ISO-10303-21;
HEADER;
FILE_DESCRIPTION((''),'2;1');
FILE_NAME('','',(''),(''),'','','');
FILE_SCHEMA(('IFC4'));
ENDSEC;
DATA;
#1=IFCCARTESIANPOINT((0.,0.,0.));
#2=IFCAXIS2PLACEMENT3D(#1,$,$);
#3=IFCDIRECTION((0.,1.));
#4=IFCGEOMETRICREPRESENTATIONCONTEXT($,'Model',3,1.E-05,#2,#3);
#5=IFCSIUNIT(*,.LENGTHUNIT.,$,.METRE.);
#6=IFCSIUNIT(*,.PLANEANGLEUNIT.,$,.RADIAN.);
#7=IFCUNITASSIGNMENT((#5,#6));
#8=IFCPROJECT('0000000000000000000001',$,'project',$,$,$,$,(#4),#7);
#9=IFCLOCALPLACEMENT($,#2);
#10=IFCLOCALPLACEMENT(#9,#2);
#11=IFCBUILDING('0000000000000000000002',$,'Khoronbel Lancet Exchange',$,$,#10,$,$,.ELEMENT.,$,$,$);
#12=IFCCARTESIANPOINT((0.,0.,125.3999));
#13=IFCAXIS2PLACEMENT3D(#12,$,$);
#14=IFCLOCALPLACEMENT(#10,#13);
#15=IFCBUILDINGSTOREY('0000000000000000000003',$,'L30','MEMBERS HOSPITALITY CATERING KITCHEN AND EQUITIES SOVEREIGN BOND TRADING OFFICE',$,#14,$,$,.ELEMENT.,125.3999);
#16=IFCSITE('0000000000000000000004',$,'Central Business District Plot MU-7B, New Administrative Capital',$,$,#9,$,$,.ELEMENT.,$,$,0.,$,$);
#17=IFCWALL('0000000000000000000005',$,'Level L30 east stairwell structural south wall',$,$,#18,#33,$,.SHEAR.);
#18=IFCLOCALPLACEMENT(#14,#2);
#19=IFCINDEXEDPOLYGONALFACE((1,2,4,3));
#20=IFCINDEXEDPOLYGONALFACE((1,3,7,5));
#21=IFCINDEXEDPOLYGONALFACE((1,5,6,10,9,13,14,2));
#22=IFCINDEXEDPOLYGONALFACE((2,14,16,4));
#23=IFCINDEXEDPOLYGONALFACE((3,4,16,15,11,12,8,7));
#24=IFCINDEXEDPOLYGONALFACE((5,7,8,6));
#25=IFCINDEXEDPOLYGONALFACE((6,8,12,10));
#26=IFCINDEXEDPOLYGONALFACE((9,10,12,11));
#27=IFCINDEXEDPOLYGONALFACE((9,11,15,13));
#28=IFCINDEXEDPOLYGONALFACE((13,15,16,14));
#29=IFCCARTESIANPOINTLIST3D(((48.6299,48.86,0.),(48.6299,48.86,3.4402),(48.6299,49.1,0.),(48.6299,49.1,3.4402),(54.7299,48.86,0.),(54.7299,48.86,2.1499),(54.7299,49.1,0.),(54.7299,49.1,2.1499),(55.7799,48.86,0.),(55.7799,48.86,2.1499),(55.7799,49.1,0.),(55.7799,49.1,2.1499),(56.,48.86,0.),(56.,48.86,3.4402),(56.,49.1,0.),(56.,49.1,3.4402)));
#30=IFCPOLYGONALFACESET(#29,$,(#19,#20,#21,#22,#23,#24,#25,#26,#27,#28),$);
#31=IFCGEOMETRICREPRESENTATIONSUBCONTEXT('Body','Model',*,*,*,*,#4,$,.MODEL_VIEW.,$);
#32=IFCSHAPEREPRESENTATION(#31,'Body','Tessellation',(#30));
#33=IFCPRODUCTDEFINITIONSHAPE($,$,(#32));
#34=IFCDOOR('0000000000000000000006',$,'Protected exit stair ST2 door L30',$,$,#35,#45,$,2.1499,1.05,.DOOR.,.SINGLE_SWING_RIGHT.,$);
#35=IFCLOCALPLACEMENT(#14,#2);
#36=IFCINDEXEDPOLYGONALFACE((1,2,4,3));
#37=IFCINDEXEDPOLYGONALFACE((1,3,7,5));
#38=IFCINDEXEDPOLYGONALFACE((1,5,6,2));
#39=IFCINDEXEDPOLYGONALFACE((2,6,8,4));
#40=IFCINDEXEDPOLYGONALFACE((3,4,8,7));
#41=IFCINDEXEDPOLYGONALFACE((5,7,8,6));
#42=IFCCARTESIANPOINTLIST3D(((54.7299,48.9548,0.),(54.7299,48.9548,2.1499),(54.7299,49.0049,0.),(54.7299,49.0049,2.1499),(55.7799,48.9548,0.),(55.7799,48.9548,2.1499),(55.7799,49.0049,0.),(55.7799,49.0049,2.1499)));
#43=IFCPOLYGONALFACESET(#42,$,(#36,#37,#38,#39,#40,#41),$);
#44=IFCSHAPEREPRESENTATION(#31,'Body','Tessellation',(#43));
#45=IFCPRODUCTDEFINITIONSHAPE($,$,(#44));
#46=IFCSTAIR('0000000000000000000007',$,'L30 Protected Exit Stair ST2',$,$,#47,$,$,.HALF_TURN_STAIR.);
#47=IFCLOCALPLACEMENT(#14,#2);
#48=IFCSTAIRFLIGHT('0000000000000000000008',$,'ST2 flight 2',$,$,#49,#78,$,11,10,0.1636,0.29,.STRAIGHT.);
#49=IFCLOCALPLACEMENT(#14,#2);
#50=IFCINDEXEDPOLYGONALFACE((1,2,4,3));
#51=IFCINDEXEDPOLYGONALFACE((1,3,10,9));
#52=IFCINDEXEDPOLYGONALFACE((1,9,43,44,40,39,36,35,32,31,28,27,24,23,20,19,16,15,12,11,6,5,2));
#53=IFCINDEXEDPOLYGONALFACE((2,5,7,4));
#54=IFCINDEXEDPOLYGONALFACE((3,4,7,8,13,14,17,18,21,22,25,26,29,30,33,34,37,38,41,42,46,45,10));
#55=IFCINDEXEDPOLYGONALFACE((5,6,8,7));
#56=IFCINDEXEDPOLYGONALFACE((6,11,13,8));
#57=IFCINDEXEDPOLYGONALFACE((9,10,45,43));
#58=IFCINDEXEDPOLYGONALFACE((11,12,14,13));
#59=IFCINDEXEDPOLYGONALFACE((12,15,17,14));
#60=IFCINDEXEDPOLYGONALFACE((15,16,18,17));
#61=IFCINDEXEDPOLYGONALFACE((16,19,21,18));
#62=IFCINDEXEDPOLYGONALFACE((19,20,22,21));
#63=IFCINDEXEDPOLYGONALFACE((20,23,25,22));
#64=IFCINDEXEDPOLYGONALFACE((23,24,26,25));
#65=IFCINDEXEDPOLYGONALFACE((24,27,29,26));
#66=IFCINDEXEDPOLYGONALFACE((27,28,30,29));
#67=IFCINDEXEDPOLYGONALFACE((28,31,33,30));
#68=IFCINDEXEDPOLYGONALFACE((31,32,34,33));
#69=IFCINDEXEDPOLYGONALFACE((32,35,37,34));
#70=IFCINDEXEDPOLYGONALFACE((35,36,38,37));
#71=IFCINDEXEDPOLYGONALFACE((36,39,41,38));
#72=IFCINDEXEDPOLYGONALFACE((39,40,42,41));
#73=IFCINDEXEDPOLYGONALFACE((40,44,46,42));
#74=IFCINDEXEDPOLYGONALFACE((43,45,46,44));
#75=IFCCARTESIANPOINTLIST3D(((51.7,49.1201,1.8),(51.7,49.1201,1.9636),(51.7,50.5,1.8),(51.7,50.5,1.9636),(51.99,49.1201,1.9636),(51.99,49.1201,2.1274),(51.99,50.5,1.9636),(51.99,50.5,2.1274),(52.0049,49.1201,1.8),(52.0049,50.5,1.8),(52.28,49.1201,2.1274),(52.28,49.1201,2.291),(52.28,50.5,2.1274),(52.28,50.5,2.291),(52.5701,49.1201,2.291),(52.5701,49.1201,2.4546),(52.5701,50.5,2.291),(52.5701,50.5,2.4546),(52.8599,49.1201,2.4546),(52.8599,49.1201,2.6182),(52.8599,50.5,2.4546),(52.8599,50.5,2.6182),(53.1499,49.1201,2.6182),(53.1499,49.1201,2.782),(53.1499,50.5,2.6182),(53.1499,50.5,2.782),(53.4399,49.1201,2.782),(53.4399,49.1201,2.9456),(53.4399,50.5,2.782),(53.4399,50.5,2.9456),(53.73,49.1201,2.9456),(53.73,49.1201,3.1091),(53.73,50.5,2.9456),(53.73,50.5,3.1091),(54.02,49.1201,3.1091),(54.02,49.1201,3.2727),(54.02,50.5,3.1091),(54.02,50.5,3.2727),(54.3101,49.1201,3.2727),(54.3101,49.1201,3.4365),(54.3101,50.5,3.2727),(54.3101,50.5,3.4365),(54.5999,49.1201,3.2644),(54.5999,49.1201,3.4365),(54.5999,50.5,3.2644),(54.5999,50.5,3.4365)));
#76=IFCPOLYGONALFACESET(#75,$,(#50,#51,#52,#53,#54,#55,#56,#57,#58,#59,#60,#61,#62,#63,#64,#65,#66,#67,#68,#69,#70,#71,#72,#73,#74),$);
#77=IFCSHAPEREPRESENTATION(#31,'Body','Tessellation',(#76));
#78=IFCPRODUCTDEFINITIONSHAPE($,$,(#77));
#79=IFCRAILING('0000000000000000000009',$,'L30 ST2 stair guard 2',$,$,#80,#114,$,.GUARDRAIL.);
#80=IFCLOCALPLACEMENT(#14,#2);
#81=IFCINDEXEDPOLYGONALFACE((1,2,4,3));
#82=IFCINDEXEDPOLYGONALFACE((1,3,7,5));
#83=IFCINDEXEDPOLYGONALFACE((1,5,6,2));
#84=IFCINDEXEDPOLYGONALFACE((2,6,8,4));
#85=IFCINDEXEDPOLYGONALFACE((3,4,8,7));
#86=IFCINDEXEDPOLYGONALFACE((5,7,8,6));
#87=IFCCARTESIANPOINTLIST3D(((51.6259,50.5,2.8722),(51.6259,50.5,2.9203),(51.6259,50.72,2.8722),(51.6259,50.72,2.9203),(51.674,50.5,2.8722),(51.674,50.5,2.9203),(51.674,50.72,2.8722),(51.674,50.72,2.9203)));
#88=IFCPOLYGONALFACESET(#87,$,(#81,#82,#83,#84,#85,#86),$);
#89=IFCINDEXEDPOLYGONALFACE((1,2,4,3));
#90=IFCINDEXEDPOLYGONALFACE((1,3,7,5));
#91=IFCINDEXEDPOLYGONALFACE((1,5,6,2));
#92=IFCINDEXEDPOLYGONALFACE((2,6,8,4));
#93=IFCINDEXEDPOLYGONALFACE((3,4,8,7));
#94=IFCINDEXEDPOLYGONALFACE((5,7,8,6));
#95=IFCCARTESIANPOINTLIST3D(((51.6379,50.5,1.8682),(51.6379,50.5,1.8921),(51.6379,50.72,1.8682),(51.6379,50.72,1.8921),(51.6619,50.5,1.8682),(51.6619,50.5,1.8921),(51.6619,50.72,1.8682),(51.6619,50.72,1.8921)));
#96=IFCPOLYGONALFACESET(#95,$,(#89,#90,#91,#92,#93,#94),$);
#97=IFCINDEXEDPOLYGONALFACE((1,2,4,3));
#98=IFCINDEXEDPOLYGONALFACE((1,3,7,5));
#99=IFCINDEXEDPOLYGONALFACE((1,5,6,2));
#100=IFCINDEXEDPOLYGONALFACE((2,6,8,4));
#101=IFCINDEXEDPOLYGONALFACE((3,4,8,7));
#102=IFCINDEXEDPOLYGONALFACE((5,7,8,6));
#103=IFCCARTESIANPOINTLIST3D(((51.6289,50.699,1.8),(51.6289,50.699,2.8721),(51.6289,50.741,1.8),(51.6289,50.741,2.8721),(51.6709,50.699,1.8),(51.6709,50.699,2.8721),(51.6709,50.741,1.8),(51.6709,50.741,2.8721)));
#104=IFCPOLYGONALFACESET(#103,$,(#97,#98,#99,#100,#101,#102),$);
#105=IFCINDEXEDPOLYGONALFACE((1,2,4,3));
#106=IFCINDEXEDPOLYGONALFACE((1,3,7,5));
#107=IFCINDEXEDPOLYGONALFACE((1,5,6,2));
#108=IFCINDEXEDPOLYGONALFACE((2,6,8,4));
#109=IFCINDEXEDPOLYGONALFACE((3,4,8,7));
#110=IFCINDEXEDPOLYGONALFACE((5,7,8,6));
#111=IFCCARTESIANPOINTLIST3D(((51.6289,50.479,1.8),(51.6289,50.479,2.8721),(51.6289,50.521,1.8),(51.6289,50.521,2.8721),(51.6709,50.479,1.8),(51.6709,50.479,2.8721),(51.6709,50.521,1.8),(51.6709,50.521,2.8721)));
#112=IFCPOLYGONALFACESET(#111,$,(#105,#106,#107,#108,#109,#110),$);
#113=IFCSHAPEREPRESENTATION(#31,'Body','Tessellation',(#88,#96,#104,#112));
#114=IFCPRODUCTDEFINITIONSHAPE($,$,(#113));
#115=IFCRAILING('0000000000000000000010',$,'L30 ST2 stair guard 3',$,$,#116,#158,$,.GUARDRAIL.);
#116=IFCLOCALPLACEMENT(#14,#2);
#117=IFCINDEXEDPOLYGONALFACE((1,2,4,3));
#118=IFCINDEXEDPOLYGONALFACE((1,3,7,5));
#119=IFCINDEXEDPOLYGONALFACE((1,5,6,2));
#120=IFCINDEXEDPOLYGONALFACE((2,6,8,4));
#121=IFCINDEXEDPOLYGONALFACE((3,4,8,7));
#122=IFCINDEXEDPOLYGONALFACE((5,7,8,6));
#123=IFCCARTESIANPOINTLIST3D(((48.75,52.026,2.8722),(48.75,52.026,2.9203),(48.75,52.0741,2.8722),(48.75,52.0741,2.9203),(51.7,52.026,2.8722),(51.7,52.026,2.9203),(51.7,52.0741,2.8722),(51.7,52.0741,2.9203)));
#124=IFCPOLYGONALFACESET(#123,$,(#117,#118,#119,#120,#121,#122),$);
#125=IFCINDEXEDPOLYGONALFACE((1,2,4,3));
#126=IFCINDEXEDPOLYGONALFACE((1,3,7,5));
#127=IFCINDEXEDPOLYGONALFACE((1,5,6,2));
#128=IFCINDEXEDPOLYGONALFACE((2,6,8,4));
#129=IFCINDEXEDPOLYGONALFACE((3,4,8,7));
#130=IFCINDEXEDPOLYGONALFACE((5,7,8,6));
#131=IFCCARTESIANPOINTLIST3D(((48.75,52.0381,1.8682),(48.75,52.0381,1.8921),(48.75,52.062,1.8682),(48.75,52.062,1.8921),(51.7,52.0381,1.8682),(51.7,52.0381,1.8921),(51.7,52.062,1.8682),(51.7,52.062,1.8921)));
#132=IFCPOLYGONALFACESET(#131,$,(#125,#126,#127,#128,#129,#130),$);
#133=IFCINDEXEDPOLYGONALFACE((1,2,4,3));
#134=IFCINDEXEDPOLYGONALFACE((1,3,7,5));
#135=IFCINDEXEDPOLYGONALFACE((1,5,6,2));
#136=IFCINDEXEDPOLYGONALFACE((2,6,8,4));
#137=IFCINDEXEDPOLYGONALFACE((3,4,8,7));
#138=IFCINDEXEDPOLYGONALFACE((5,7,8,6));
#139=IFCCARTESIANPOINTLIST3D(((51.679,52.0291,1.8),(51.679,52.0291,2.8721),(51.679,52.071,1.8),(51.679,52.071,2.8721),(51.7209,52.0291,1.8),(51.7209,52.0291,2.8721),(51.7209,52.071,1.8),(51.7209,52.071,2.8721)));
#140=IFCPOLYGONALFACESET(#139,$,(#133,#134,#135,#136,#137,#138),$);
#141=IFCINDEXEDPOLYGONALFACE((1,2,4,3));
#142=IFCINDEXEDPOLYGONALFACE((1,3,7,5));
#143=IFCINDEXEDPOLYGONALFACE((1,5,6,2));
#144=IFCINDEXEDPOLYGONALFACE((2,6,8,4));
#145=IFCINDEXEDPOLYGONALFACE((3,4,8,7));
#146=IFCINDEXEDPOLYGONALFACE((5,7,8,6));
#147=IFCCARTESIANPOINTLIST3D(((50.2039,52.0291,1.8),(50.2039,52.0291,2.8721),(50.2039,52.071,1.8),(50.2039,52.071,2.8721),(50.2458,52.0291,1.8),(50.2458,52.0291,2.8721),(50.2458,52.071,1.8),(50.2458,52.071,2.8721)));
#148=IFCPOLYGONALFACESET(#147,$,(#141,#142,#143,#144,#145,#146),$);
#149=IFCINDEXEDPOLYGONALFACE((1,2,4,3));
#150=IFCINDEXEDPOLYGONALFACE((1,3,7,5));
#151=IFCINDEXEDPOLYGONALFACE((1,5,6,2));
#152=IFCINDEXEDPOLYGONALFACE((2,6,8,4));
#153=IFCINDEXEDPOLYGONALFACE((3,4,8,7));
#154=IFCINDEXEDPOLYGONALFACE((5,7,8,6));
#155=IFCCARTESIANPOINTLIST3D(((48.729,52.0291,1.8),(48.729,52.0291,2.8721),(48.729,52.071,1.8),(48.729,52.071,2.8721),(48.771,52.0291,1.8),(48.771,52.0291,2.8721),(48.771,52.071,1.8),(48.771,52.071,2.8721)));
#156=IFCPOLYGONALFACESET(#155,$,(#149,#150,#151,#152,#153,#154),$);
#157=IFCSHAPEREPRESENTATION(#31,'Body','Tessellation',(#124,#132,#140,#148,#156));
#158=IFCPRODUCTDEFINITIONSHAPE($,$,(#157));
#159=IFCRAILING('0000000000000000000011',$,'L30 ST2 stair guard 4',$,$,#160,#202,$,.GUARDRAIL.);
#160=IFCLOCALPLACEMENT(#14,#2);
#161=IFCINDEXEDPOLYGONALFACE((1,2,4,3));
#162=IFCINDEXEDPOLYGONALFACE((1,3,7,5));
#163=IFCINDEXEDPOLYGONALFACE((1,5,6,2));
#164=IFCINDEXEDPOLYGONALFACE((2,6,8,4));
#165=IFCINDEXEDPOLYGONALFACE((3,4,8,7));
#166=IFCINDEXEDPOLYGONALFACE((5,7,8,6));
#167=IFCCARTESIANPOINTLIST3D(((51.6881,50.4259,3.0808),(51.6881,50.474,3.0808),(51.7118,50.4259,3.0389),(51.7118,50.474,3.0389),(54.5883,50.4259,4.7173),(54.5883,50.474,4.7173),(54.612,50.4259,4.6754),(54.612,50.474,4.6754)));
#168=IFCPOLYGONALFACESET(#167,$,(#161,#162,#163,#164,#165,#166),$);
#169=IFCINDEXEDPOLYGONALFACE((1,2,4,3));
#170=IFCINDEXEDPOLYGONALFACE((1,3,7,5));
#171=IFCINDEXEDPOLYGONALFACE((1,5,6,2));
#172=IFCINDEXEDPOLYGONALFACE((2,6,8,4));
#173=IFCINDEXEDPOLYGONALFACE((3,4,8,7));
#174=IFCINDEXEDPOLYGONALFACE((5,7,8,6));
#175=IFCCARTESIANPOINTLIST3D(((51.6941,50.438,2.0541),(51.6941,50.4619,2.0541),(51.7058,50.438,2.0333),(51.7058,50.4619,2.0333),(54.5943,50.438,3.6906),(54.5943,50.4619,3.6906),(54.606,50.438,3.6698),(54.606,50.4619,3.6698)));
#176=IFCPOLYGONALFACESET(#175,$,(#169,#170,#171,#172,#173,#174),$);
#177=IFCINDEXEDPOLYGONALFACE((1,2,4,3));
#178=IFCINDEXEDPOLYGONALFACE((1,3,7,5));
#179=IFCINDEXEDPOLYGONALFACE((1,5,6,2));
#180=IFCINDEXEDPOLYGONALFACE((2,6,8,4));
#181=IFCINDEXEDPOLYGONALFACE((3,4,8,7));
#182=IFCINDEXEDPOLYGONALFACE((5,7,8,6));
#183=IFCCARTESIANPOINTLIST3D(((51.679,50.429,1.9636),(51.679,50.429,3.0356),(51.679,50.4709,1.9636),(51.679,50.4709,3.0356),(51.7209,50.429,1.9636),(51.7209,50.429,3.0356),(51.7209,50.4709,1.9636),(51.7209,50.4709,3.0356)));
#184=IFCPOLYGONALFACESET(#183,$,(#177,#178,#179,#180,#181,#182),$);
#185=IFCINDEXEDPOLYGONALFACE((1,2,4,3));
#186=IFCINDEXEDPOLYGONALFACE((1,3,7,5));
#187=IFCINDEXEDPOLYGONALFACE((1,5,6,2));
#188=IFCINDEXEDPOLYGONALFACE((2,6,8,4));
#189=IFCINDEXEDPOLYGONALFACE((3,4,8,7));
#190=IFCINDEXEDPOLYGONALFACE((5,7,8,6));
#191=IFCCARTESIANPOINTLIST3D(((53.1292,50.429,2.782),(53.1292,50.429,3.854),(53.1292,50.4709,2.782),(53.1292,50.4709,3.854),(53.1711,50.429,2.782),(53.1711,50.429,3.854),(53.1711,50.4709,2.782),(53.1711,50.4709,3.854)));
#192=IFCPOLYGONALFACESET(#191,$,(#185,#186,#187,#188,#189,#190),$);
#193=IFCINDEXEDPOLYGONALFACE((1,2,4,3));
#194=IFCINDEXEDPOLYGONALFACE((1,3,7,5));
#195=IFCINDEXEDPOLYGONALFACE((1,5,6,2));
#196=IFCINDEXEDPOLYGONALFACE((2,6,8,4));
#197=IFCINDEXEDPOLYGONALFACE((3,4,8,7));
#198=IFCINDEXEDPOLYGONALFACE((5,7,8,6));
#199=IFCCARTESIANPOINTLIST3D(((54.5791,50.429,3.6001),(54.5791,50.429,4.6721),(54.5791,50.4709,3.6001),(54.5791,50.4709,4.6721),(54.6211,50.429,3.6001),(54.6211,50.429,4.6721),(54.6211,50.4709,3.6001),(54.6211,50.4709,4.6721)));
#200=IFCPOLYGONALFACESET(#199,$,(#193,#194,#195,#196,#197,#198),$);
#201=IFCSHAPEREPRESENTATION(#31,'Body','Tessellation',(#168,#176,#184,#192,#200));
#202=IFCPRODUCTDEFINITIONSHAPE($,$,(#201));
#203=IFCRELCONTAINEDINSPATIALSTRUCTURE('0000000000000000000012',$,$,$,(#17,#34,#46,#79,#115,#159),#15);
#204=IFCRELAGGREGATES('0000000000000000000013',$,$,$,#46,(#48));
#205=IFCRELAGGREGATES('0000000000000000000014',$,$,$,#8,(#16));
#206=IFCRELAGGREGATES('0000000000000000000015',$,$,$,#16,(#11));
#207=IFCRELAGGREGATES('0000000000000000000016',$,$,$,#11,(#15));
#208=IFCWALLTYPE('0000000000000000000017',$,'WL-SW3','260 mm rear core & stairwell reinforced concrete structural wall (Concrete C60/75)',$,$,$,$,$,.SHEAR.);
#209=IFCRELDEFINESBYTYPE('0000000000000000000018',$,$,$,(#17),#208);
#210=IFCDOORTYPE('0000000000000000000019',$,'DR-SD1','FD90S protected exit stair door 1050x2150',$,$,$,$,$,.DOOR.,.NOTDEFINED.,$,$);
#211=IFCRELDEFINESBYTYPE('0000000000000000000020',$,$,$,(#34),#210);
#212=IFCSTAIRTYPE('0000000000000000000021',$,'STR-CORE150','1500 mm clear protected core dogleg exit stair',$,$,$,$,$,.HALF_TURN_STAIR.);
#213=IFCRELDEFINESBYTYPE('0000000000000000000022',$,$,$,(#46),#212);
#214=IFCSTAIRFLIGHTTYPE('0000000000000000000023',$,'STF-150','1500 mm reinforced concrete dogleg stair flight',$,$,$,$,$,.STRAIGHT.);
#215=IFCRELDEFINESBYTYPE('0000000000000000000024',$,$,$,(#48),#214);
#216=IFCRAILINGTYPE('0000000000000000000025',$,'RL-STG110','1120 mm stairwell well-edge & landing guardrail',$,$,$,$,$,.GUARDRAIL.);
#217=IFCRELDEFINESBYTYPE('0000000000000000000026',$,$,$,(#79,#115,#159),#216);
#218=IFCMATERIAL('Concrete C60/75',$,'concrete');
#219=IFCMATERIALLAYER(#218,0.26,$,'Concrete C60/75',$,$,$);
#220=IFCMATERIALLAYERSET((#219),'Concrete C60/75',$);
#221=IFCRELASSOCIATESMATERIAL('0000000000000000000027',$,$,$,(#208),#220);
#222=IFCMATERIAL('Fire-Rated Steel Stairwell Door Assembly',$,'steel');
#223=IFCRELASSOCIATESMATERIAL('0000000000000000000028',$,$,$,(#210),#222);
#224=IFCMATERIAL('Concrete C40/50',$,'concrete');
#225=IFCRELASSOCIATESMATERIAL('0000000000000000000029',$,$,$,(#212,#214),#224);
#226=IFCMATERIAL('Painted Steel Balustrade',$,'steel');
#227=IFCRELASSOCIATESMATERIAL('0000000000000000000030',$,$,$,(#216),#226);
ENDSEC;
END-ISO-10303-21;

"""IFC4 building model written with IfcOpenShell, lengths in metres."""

from ifc_helpers import new_model, si_unit, direction, frame, frame_2d, origin, origin_2d, place, context, subcontext, project, spatial, polyline, rectangle, outline, extrude, material, layer, layer_set, type_object, element, fill, aggregate, save


model = new_model("IFC4")

# Units and contexts
model_context = context("Model", 3, precision=1e-05, world=origin(), true_north=direction((0.0, 1.0)))
body_context = subcontext(model_context, "Body", "Model", "MODEL_VIEW")
ifc_project = project(units=[si_unit("LENGTHUNIT", "METRE"), si_unit("PLANEANGLEUNIT", "RADIAN")], contexts=[model_context])

# Site, building, storey
site_placement = place(None, origin())
site = spatial("IfcSite", under=ifc_project, at=site_placement, Name="Central Business District Plot MU-7B, New Administrative Capital", CompositionType="ELEMENT", RefElevation=0.0)
building_placement = place(site_placement, origin())
building = spatial("IfcBuilding", under=site, at=building_placement, Name="Khoronbel Lancet Exchange", CompositionType="ELEMENT")
storey_placement = place(building_placement, frame((0.0, 0.0, 125.3999)))
storey = spatial("IfcBuildingStorey", under=building, at=storey_placement, Name="L30", Description="MEMBERS HOSPITALITY CATERING KITCHEN AND EQUITIES SOVEREIGN BOND TRADING OFFICE", CompositionType="ELEMENT", Elevation=125.3999)

# Wall, opening, door
ifc_material_1 = material(Name="Concrete C60/75", Category="concrete")
ifc_layer_1 = layer(ifc_material_1, 0.26, Name="Concrete C60/75")
ifc_layer_set_1 = layer_set([ifc_layer_1], Name="Concrete C60/75")
wall_type_1 = type_object("IfcWallType", Name="WL-SW3", Description="260 mm rear core & stairwell reinforced concrete structural wall (Concrete C60/75)", PredefinedType="SHEAR", material=ifc_layer_set_1)
wall_1_placement = place(storey_placement, frame((48.6299, 48.98, 0.0), z_axis=(0.0, 0.0, 1.0), x_axis=(1.0, 0.0, 0.0)))
wall_1 = element("IfcWall", 1, at=wall_1_placement, inside=storey, type_object=wall_type_1, Name="Level L30 east stairwell structural south wall", PredefinedType="SHEAR", context=body_context, shape_type="SweptSolid", body=[
    extrude(rectangle(XDim=7.3701, YDim=0.24, at=frame_2d((3.6851, 0.0))), origin(), (0.0, 0.0, 1.0), 3.4402),
])
opening_1_placement = place(wall_1_placement, frame((6.1001, 0.0, 0.0)))
opening_1 = element("IfcOpeningElement", 2, at=opening_1_placement, cuts=wall_1, PredefinedType="OPENING", context=body_context, shape_type="SweptSolid", body=[
    extrude(rectangle(XDim=1.05, YDim=2.1499, at=frame_2d((0.5249, 1.075))), frame((0.0, 0.1299, 0.0), z_axis=(0.0, -1.0, 0.0), x_axis=(1.0, 0.0, 0.0)), (0.0, 0.0, 1.0), 0.26),
])
ifc_material_2 = material(Name="Fire-Rated Steel Stairwell Door Assembly", Category="steel")
door_type_1 = type_object("IfcDoorType", Name="DR-SD1", Description="FD90S protected exit stair door 1050x2150", OperationType="NOTDEFINED", PredefinedType="DOOR", material=ifc_material_2)
door_1_placement = place(opening_1_placement, origin())
door_1 = element("IfcDoor", 3, at=door_1_placement, inside=storey, type_object=door_type_1, Name="Protected exit stair ST2 door L30", OperationType="SINGLE_SWING_RIGHT", OverallHeight=2.1499, OverallWidth=1.05, PredefinedType="DOOR", context=body_context, shape_type="SweptSolid", body=[
    extrude(rectangle(XDim=1.05, YDim=2.1499, at=frame_2d((0.5249, 1.075))), frame((0.0, 0.0249, 0.0), z_axis=(0.0, -1.0, 0.0), x_axis=(1.0, 0.0, 0.0)), (0.0, 0.0, 1.0), 0.05),
])
fill(opening_1, door_1)

# Stair, stair flight
ifc_material_3 = material(Name="Concrete C40/50", Category="concrete")
stair_type = type_object("IfcStairType", Name="STR-CORE150", Description="1500 mm clear protected core dogleg exit stair", PredefinedType="HALF_TURN_STAIR", material=ifc_material_3)
stair_placement = place(storey_placement, origin())
stair = element("IfcStair", 4, at=stair_placement, inside=storey, type_object=stair_type, Name="L30 Protected Exit Stair ST2", PredefinedType="HALF_TURN_STAIR")
stair_flight_type = type_object("IfcStairFlightType", Name="STF-150", Description="1500 mm reinforced concrete dogleg stair flight", PredefinedType="STRAIGHT", material=ifc_material_3)
stair_flight_placement = place(storey_placement, frame((51.7, 49.8101, 1.8), z_axis=(0.0, 0.0, 1.0), x_axis=(1.0, 0.0, 0.0)))
stair_flight = element("IfcStairFlight", 5, at=stair_flight_placement, type_object=stair_flight_type, Name="ST2 flight 2", NumberOfRisers=11, NumberOfTreads=10, PredefinedType="STRAIGHT", RiserHeight=0.1636, TreadLength=0.29, context=body_context, shape_type="SweptSolid", body=[
    extrude(outline(polyline([(0.0, 0.0), (0.0, 0.1636), (0.29, 0.1636), (0.29, 0.3274), (0.5801, 0.3274), (0.5801, 0.491), (0.8701, 0.491), (0.8701, 0.6545), (1.1599, 0.6545), (1.1599, 0.8181), (1.45, 0.8181), (1.45, 0.9819), (1.74, 0.9819), (1.74, 1.1455), (2.03, 1.1455), (2.03, 1.3091), (2.3201, 1.3091), (2.3201, 1.4727), (2.6101, 1.4727), (2.6101, 1.6365), (2.8999, 1.6365), (2.8999, 1.8), (2.8999, 1.4644), (0.3049, 0.0), (0.0, 0.0)])), frame((0.0, 0.6899, 0.0), z_axis=(0.0, -1.0, 0.0), x_axis=(1.0, 0.0, 0.0)), (0.0, 0.0, 1.0), 1.3799),
])
aggregate(stair, [stair_flight])

# Railings
ifc_material_4 = material(Name="Painted Steel Balustrade", Category="steel")
railing_type_1 = type_object("IfcRailingType", Name="RL-STG110", Description="1120 mm stairwell well-edge & landing guardrail", PredefinedType="GUARDRAIL", material=ifc_material_4)
railing_1_placement = place(storey_placement, frame((51.6499, 50.72, 1.8)))
element("IfcRailing", 6, at=railing_1_placement, inside=storey, type_object=railing_type_1, Name="L30 ST2 stair guard 2", PredefinedType="GUARDRAIL", context=body_context, shape_type="SweptSolid", body=[
    extrude(rectangle(XDim=0.0481, YDim=0.0481, at=origin_2d()), frame((0.0, 0.0, 1.0962), z_axis=(0.0, -1.0, 0.0), x_axis=(1.0, 0.0, 0.0)), (0.0, 0.0, 1.0), 0.22),
    extrude(rectangle(XDim=0.0239, YDim=0.0239, at=origin_2d()), frame((0.0, 0.0, 0.0801), z_axis=(0.0, -1.0, 0.0), x_axis=(1.0, 0.0, 0.0)), (0.0, 0.0, 1.0), 0.22),
    extrude(rectangle(XDim=0.042, YDim=0.042, at=origin_2d()), origin(), (0.0, 0.0, 1.0), 1.072),
    extrude(rectangle(XDim=0.042, YDim=0.042, at=origin_2d()), frame((0.0, -0.22, 0.0)), (0.0, 0.0, 1.0), 1.072),
])
railing_2_placement = place(storey_placement, frame((51.7, 52.05, 1.8)))
element("IfcRailing", 7, at=railing_2_placement, inside=storey, type_object=railing_type_1, Name="L30 ST2 stair guard 3", PredefinedType="GUARDRAIL", context=body_context, shape_type="SweptSolid", body=[
    extrude(rectangle(XDim=0.0481, YDim=0.0481, at=origin_2d()), frame((0.0, 0.0, 1.0962), z_axis=(-1.0, 0.0, 0.0), x_axis=(0.0, -1.0, 0.0)), (0.0, 0.0, 1.0), 2.95),
    extrude(rectangle(XDim=0.0239, YDim=0.0239, at=origin_2d()), frame((0.0, 0.0, 0.0801), z_axis=(-1.0, 0.0, 0.0), x_axis=(0.0, -1.0, 0.0)), (0.0, 0.0, 1.0), 2.95),
    extrude(rectangle(XDim=0.042, YDim=0.042, at=origin_2d()), origin(), (0.0, 0.0, 1.0), 1.072),
    extrude(rectangle(XDim=0.042, YDim=0.042, at=origin_2d()), frame((-1.4751, 0.0, 0.0)), (0.0, 0.0, 1.0), 1.072),
    extrude(rectangle(XDim=0.042, YDim=0.042, at=origin_2d()), frame((-2.95, 0.0, 0.0)), (0.0, 0.0, 1.0), 1.072),
])
railing_3_placement = place(storey_placement, frame((51.7, 50.45, 1.9636)))
element("IfcRailing", 8, at=railing_3_placement, inside=storey, type_object=railing_type_1, Name="L30 ST2 stair guard 4", PredefinedType="GUARDRAIL", context=body_context, shape_type="SweptSolid", body=[
    extrude(rectangle(XDim=0.0481, YDim=0.0481, at=origin_2d()), frame((0.0, 0.0, 1.0962), z_axis=(0.870915, 0.0, 0.491434), x_axis=(0.0, 1.0, 0.0)), (0.0, 0.0, 1.0), 3.3301),
    extrude(rectangle(XDim=0.0239, YDim=0.0239, at=origin_2d()), frame((0.0, 0.0, 0.0801), z_axis=(0.870915, 0.0, 0.491434), x_axis=(0.0, 1.0, 0.0)), (0.0, 0.0, 1.0), 3.3301),
    extrude(rectangle(XDim=0.042, YDim=0.042, at=origin_2d()), origin(), (0.0, 0.0, 1.0), 1.072),
    extrude(rectangle(XDim=0.042, YDim=0.042, at=origin_2d()), frame((1.4502, 0.0, 0.8184)), (0.0, 0.0, 1.0), 1.072),
    extrude(rectangle(XDim=0.042, YDim=0.042, at=origin_2d()), frame((2.9001, 0.0, 1.6365)), (0.0, 0.0, 1.0), 1.072),
])

save(model, "model.ifc")
